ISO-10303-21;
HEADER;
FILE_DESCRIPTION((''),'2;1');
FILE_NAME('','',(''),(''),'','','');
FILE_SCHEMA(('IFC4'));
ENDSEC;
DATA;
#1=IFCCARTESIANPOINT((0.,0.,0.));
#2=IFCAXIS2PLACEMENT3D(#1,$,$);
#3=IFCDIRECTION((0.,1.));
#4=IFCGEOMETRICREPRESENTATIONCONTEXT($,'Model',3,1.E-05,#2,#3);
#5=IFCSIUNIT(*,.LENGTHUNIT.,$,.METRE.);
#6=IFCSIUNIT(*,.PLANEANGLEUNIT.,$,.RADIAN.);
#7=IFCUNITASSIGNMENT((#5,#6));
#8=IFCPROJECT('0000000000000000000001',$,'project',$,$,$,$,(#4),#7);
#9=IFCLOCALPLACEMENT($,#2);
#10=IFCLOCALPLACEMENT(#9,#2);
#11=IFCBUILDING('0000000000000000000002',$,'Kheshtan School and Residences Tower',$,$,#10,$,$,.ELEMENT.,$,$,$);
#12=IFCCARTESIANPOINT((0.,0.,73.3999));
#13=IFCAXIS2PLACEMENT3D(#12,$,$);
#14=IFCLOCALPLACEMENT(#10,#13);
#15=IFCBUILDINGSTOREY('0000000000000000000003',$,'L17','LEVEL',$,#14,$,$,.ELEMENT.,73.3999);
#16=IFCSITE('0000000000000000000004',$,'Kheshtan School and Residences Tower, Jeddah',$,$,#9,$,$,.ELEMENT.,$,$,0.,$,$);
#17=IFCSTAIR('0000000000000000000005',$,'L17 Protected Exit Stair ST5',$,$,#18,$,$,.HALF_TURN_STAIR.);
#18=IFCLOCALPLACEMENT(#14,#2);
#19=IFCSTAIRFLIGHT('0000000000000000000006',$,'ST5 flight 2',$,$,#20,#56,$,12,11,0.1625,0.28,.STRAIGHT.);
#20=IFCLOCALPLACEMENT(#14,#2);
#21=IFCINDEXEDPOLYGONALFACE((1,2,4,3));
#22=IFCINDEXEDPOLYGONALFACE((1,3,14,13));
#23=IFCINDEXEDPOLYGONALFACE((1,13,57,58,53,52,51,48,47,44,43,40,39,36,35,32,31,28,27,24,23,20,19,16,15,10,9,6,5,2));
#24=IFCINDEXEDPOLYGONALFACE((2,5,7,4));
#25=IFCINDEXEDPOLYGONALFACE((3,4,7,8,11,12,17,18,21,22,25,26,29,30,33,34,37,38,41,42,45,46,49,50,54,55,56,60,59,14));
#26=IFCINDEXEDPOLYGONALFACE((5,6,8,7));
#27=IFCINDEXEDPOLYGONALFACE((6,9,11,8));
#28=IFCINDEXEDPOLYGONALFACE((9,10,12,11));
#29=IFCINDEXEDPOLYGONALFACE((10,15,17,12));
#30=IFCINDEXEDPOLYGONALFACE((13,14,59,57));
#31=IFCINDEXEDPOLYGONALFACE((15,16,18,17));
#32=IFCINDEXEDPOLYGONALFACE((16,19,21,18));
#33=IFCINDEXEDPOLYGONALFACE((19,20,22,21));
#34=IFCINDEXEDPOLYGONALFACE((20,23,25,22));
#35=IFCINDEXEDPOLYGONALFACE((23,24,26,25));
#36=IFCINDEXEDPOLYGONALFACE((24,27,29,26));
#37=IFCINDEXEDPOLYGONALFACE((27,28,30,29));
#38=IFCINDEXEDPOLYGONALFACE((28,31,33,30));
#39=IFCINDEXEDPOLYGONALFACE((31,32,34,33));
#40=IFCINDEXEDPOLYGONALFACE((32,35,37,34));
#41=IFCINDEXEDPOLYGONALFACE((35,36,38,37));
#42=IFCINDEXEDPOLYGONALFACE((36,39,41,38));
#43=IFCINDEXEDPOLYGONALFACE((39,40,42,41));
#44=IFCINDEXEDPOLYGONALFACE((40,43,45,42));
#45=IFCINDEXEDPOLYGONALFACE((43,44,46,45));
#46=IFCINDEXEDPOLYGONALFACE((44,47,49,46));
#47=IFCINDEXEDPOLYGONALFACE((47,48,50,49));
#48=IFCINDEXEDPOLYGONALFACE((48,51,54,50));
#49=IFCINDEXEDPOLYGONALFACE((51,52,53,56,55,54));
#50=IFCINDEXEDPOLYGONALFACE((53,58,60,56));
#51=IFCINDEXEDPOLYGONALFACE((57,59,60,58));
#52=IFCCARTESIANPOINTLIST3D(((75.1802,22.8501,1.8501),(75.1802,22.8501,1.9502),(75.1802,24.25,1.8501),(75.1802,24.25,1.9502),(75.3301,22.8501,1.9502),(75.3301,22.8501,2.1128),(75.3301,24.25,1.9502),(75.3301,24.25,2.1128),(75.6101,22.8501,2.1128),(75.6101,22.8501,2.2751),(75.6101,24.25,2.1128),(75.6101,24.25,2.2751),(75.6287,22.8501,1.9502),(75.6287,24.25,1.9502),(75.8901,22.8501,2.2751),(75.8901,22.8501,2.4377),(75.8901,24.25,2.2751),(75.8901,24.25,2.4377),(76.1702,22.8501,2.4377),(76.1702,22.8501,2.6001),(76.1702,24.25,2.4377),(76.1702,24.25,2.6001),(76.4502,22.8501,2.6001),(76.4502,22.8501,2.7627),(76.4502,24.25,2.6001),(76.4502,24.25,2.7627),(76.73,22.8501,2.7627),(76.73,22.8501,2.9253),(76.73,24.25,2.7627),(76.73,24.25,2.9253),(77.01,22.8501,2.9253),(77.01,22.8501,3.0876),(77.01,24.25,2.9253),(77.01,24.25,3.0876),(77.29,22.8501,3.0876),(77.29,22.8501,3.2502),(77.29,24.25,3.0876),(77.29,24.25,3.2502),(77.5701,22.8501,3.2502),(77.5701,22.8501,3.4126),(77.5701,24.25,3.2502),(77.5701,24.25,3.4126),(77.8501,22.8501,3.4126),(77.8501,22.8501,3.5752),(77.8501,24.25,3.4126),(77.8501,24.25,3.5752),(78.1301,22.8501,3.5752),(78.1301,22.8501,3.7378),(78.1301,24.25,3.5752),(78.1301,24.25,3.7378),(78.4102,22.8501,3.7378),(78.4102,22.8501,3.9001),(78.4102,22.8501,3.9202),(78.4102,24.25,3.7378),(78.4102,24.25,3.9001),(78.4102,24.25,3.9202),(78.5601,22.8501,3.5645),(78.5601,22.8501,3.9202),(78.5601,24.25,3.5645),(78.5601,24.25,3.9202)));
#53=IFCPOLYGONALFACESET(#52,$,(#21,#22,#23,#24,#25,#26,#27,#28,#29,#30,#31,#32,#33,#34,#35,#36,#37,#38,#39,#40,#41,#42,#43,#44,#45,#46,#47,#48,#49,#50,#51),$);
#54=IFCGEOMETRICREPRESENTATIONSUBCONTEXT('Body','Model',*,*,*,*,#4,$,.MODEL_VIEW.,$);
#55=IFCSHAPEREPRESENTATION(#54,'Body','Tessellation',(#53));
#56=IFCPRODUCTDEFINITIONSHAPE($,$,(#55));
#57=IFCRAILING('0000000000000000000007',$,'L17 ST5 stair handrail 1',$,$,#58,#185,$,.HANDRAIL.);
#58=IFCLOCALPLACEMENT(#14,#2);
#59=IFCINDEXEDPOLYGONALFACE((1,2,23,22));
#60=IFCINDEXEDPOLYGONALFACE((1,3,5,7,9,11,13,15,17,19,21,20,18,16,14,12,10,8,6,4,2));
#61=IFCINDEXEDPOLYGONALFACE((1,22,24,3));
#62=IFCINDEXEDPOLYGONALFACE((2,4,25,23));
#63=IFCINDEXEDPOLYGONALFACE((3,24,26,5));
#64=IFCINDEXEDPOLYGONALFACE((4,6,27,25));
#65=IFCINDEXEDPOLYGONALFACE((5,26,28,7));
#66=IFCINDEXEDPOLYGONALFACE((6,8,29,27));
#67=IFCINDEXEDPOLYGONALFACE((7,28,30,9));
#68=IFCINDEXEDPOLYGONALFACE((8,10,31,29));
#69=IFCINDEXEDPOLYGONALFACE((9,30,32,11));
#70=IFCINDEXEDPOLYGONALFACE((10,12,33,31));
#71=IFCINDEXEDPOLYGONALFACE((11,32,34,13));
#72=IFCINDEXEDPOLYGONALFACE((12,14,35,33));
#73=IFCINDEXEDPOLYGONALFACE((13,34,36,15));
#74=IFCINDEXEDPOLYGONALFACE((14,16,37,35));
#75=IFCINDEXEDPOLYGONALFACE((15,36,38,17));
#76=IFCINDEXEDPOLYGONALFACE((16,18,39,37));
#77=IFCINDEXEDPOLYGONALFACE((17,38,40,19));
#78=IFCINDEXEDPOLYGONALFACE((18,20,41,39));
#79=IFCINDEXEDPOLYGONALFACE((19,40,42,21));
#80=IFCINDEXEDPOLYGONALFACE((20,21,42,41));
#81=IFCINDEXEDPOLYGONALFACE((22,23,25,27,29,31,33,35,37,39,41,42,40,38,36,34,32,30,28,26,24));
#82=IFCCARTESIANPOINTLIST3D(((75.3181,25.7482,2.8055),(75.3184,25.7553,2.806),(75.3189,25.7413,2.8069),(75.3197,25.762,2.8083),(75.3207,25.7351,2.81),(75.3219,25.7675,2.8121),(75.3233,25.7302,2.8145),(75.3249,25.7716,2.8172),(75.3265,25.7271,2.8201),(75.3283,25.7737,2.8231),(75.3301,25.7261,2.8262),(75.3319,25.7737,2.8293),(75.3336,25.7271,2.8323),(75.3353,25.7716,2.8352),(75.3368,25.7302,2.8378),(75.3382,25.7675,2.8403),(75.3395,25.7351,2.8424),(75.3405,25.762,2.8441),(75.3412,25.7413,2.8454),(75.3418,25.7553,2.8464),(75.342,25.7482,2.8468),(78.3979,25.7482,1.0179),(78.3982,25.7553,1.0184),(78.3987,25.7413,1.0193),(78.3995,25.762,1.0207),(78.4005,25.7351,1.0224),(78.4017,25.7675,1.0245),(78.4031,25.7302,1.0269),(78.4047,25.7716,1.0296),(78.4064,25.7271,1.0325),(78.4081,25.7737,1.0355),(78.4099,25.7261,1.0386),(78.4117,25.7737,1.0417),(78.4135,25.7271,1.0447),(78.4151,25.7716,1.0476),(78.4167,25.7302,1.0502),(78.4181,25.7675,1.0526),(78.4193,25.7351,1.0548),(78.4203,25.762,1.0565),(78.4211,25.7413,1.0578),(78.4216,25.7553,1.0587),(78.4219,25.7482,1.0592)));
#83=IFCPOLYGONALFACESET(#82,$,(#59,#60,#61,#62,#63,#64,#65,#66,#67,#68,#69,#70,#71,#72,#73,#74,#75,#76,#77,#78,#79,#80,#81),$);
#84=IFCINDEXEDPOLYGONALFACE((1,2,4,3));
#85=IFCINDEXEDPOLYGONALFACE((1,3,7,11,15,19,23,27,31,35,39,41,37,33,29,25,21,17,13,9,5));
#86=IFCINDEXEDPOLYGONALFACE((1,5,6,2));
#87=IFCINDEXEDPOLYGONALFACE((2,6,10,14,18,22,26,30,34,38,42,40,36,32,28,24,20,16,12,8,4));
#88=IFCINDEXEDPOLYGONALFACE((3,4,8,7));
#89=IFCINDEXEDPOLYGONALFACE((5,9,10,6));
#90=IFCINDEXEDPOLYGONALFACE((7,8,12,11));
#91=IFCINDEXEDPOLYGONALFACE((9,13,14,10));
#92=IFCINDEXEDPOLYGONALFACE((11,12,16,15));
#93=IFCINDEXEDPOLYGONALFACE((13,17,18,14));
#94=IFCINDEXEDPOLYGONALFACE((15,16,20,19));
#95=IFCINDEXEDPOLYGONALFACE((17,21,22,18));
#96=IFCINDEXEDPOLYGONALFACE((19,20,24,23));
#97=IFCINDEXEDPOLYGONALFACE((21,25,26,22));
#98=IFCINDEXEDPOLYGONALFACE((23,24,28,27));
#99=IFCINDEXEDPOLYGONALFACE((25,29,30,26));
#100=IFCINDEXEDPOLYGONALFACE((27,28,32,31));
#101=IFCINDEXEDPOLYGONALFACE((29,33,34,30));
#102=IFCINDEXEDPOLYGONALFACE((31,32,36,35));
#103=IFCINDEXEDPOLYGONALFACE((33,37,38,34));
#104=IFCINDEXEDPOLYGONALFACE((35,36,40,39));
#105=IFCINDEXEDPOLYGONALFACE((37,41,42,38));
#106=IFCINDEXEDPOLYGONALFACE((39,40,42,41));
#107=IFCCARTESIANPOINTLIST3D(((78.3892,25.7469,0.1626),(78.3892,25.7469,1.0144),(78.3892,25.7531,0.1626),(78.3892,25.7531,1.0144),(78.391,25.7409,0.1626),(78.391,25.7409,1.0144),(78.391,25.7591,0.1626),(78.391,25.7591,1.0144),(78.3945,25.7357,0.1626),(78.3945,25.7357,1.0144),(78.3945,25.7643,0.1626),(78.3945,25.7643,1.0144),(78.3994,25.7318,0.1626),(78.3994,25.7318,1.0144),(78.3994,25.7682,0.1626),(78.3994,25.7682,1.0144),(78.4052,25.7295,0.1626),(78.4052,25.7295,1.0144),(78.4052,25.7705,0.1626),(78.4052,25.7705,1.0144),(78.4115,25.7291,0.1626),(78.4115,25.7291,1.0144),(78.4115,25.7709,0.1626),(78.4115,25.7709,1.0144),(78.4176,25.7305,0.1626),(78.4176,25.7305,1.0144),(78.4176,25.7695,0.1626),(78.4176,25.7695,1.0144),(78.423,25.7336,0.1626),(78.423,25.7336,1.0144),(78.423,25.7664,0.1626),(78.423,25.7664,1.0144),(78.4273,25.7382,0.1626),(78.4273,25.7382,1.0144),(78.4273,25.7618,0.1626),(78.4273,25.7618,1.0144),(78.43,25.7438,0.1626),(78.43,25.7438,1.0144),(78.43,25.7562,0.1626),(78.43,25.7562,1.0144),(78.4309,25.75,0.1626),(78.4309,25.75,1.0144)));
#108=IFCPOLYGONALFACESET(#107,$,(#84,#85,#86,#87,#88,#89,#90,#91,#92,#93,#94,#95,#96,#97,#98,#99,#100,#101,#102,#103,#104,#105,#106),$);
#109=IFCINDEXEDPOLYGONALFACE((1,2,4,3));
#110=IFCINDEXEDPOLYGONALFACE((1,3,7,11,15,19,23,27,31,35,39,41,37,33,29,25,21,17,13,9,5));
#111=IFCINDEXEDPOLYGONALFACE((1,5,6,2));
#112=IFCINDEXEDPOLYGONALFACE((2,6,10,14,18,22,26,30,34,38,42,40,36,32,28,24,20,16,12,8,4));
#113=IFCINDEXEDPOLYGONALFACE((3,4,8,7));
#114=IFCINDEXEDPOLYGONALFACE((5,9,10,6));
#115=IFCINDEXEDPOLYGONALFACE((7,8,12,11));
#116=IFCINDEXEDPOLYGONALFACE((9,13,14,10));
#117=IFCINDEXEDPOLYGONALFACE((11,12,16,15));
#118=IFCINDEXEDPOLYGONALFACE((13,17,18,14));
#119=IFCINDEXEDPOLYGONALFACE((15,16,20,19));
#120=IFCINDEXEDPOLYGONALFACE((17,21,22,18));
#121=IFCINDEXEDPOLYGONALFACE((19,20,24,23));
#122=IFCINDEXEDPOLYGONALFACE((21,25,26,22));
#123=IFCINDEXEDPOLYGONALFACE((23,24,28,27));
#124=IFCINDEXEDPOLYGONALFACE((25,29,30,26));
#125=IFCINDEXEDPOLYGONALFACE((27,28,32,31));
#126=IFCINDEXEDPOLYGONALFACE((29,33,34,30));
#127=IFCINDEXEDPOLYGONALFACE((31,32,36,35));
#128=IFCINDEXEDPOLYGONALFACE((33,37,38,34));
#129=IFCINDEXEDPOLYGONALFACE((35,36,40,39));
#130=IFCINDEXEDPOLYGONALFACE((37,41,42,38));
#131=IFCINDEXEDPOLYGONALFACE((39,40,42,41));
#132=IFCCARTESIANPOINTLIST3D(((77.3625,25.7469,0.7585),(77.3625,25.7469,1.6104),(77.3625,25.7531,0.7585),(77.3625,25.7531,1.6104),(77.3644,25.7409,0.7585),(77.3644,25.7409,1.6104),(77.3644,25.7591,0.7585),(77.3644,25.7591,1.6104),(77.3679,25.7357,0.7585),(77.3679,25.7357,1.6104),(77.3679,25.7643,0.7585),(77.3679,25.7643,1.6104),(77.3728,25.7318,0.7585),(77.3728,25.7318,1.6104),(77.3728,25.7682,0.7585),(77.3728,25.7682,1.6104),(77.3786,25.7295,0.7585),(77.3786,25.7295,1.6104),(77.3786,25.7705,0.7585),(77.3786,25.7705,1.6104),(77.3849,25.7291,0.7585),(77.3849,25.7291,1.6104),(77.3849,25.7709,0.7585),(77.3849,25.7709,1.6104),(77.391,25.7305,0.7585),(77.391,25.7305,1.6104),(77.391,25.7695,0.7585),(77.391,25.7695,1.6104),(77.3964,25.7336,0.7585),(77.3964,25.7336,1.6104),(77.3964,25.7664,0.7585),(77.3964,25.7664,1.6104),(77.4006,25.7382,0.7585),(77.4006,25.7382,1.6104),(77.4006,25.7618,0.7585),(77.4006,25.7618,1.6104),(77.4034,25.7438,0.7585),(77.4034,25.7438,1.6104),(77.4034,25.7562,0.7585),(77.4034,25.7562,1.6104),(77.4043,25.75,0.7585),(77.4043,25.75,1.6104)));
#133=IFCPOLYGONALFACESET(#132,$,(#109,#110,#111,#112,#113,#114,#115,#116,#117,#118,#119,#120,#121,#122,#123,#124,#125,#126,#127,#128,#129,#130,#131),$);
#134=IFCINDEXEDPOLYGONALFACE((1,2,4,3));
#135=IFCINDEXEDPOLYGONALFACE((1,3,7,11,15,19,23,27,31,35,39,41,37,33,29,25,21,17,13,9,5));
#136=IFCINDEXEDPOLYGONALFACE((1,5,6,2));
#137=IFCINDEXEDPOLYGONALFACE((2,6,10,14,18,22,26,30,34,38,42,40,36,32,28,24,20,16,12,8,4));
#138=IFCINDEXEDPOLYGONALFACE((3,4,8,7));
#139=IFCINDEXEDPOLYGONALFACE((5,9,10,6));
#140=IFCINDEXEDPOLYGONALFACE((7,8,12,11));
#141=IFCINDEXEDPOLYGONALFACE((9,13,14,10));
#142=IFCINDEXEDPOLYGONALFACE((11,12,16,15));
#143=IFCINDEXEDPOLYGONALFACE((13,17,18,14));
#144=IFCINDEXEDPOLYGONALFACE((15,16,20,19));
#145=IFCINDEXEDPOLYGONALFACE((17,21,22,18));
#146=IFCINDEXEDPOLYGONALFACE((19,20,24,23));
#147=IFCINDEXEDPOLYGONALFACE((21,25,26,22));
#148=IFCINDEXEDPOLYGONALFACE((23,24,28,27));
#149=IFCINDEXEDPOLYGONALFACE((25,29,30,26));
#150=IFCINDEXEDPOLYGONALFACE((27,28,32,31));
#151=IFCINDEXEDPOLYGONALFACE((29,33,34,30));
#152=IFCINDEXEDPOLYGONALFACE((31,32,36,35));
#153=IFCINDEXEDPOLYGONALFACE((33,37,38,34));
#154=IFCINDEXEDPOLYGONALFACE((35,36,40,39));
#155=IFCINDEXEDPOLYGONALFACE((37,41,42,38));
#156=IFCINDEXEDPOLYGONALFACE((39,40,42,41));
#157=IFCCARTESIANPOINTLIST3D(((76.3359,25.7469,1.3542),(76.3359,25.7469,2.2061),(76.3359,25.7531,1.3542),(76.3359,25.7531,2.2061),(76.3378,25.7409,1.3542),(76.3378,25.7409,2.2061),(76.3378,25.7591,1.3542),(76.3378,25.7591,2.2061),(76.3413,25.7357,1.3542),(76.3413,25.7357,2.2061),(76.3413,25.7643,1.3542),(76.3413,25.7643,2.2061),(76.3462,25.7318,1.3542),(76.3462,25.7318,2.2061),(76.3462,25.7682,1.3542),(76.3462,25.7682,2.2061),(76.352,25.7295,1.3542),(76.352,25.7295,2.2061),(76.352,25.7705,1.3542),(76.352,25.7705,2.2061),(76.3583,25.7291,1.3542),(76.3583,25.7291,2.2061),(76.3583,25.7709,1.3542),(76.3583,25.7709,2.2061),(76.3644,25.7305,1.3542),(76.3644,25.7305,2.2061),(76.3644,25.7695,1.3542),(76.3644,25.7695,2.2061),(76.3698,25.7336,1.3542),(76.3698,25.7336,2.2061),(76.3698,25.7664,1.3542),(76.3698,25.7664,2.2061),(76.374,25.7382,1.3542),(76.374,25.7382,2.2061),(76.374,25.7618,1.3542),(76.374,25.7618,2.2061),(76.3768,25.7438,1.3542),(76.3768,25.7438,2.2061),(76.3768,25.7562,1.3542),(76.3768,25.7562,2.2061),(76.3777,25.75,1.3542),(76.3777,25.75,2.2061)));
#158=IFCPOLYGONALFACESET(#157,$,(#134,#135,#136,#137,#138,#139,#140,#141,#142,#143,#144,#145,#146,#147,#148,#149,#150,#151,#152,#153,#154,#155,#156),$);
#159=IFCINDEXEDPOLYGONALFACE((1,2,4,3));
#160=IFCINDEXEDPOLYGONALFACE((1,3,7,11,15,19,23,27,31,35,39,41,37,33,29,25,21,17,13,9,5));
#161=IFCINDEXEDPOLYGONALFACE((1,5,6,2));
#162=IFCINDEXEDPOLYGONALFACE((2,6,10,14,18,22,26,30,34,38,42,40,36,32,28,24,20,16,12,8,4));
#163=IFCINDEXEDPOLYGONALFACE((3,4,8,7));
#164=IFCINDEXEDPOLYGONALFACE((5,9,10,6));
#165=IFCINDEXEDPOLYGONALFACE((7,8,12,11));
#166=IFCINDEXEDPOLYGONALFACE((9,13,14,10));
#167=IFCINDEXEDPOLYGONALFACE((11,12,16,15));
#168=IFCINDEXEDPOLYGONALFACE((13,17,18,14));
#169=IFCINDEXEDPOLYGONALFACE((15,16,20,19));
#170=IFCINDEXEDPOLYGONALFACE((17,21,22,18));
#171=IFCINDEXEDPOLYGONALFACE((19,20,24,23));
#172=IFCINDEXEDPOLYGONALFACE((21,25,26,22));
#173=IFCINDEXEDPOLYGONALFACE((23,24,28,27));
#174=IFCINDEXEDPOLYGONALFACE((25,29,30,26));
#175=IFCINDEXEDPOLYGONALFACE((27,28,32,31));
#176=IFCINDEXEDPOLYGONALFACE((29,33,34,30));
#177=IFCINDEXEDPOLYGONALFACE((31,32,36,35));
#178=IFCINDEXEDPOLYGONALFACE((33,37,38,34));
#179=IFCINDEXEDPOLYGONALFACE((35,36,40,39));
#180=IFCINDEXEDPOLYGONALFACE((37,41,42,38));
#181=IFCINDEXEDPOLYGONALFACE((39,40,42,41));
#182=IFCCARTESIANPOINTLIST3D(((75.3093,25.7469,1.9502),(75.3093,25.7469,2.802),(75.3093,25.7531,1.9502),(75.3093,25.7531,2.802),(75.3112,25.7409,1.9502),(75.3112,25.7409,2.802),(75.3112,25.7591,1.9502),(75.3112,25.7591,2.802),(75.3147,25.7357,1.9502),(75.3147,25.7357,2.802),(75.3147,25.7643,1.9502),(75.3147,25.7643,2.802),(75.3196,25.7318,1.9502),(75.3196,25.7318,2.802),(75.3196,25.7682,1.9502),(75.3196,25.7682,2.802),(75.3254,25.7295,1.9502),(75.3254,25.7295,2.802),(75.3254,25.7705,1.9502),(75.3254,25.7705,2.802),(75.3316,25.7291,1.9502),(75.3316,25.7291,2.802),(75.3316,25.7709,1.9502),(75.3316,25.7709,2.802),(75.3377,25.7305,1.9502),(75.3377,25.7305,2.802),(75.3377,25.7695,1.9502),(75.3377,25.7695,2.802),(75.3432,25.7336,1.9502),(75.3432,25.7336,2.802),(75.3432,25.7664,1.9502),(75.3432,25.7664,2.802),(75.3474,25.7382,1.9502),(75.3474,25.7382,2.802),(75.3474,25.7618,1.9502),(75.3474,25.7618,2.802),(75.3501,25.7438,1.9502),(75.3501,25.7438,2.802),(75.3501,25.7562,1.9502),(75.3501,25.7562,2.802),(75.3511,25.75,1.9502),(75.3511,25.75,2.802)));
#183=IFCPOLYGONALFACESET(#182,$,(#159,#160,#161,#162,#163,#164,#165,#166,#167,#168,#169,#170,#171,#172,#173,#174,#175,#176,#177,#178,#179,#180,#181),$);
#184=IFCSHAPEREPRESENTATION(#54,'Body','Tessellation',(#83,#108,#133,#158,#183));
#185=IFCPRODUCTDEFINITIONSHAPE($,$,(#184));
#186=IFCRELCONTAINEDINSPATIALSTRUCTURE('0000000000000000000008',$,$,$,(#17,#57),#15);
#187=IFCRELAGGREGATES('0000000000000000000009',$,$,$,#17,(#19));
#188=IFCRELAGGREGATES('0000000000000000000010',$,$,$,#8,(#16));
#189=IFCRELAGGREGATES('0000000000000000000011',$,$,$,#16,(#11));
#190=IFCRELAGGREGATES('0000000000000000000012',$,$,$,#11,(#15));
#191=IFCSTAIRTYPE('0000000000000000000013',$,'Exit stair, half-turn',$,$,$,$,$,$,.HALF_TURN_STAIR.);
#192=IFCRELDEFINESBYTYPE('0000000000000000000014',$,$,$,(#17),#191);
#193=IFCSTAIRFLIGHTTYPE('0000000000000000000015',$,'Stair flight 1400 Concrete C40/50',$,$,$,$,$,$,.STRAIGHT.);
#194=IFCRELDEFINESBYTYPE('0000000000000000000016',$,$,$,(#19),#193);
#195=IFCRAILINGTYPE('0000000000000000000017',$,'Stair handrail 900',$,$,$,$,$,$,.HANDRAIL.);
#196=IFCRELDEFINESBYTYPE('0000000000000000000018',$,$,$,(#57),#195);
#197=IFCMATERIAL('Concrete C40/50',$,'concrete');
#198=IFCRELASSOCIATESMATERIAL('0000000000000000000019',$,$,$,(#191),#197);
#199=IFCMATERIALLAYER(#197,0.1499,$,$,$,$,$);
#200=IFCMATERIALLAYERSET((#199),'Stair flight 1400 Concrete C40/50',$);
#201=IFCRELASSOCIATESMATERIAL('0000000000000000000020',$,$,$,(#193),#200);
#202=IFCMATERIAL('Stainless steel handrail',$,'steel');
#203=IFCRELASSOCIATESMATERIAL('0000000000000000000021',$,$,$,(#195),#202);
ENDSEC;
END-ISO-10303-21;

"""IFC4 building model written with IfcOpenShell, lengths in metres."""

from ifc_helpers import new_model, si_unit, direction, frame, origin, origin_2d, place, context, subcontext, project, spatial, polyline, circle, outline, extrude, material, layer, layer_set, type_object, element, aggregate, save


model = new_model("IFC4")

# Units and contexts
model_context = context("Model", 3, precision=1e-05, world=origin(), true_north=direction((0.0, 1.0)))
body_context = subcontext(model_context, "Body", "Model", "MODEL_VIEW")
ifc_project = project(units=[si_unit("LENGTHUNIT", "METRE"), si_unit("PLANEANGLEUNIT", "RADIAN")], contexts=[model_context])

# Site, building, storey
site_placement = place(None, origin())
site = spatial("IfcSite", under=ifc_project, at=site_placement, Name="Kheshtan School and Residences Tower, Jeddah", CompositionType="ELEMENT", RefElevation=0.0)
building_placement = place(site_placement, origin())
building = spatial("IfcBuilding", under=site, at=building_placement, Name="Kheshtan School and Residences Tower", CompositionType="ELEMENT")
storey_placement = place(building_placement, frame((0.0, 0.0, 73.3999)))
storey = spatial("IfcBuildingStorey", under=building, at=storey_placement, Name="L17", Description="LEVEL", CompositionType="ELEMENT", Elevation=73.3999)

# Stair, stair flight
ifc_material_1 = material(Name="Concrete C40/50", Category="concrete")
stair_type = type_object("IfcStairType", Name="Exit stair, half-turn", PredefinedType="HALF_TURN_STAIR", material=ifc_material_1)
stair_placement = place(storey_placement, origin())
stair = element("IfcStair", 1, at=stair_placement, inside=storey, type_object=stair_type, Name="L17 Protected Exit Stair ST5", PredefinedType="HALF_TURN_STAIR")
ifc_layer_1 = layer(ifc_material_1, 0.1499)
ifc_layer_set_1 = layer_set([ifc_layer_1], Name="Stair flight 1400 Concrete C40/50")
stair_flight_type = type_object("IfcStairFlightType", Name="Stair flight 1400 Concrete C40/50", PredefinedType="STRAIGHT", material=ifc_layer_set_1)
stair_flight_1_placement = place(storey_placement, frame((75.3301, 23.55, 1.9502), z_axis=(0.0, 0.0, 1.0), x_axis=(1.0, 0.0, 0.0)))
stair_flight_1 = element("IfcStairFlight", 2, at=stair_flight_1_placement, type_object=stair_flight_type, Name="ST5 flight 2", NumberOfRisers=12, NumberOfTreads=11, PredefinedType="STRAIGHT", RiserHeight=0.1625, TreadLength=0.28, context=body_context, shape_type="SweptSolid", body=[
    extrude(outline(polyline([(-0.1499, -0.1001), (-0.1499, 0.0), (0.0, 0.0), (0.0, 0.1626), (0.28, 0.1626), (0.28, 0.325), (0.5601, 0.325), (0.5601, 0.4875), (0.8401, 0.4875), (0.8401, 0.6499), (1.1201, 0.6499), (1.1201, 0.8125), (1.3999, 0.8125), (1.3999, 0.9751), (1.6799, 0.9751), (1.6799, 1.1375), (1.96, 1.1375), (1.96, 1.3), (2.24, 1.3), (2.24, 1.4624), (2.52, 1.4624), (2.52, 1.625), (2.8, 1.625), (2.8, 1.7876), (3.0801, 1.7876), (3.0801, 1.95), (3.0801, 1.97), (3.23, 1.97), (3.23, 1.6143), (0.2986, 0.0), (-0.1499, -0.1001)])), frame((0.0, 0.7, 0.0), z_axis=(0.0, -1.0, 0.0), x_axis=(1.0, 0.0, 0.0)), (0.0, 0.0, 1.0), 1.3999),
])
aggregate(stair, [stair_flight_1])

# Railing
ifc_material_2 = material(Name="Stainless steel handrail", Category="steel")
railing_type_1 = type_object("IfcRailingType", Name="Stair handrail 900", PredefinedType="HANDRAIL", material=ifc_material_2)
railing_1_placement = place(storey_placement, frame((78.4099, 25.75, 0.1626)))
element("IfcRailing", 3, at=railing_1_placement, inside=storey, type_object=railing_type_1, Name="L17 ST5 stair handrail 1", PredefinedType="HANDRAIL", context=body_context, shape_type="SweptSolid", body=[
    extrude(circle(Radius=0.0239, at=origin_2d()), frame((0.0, 0.0, 0.876), z_axis=(-0.864873, 0.0, 0.50199), x_axis=(0.0, -1.0, 0.0)), (0.0, 0.0, 1.0), 3.561),
    extrude(circle(Radius=0.021, at=origin_2d()), origin(), (0.0, 0.0, 1.0), 0.8518),
    extrude(circle(Radius=0.021, at=origin_2d()), frame((-1.0266, 0.0, 0.5959)), (0.0, 0.0, 1.0), 0.8518),
    extrude(circle(Radius=0.021, at=origin_2d()), frame((-2.0532, 0.0, 1.1917)), (0.0, 0.0, 1.0), 0.8518),
    extrude(circle(Radius=0.021, at=origin_2d()), frame((-3.0798, 0.0, 1.7876)), (0.0, 0.0, 1.0), 0.8518),
])

save(model, "model.ifc")
